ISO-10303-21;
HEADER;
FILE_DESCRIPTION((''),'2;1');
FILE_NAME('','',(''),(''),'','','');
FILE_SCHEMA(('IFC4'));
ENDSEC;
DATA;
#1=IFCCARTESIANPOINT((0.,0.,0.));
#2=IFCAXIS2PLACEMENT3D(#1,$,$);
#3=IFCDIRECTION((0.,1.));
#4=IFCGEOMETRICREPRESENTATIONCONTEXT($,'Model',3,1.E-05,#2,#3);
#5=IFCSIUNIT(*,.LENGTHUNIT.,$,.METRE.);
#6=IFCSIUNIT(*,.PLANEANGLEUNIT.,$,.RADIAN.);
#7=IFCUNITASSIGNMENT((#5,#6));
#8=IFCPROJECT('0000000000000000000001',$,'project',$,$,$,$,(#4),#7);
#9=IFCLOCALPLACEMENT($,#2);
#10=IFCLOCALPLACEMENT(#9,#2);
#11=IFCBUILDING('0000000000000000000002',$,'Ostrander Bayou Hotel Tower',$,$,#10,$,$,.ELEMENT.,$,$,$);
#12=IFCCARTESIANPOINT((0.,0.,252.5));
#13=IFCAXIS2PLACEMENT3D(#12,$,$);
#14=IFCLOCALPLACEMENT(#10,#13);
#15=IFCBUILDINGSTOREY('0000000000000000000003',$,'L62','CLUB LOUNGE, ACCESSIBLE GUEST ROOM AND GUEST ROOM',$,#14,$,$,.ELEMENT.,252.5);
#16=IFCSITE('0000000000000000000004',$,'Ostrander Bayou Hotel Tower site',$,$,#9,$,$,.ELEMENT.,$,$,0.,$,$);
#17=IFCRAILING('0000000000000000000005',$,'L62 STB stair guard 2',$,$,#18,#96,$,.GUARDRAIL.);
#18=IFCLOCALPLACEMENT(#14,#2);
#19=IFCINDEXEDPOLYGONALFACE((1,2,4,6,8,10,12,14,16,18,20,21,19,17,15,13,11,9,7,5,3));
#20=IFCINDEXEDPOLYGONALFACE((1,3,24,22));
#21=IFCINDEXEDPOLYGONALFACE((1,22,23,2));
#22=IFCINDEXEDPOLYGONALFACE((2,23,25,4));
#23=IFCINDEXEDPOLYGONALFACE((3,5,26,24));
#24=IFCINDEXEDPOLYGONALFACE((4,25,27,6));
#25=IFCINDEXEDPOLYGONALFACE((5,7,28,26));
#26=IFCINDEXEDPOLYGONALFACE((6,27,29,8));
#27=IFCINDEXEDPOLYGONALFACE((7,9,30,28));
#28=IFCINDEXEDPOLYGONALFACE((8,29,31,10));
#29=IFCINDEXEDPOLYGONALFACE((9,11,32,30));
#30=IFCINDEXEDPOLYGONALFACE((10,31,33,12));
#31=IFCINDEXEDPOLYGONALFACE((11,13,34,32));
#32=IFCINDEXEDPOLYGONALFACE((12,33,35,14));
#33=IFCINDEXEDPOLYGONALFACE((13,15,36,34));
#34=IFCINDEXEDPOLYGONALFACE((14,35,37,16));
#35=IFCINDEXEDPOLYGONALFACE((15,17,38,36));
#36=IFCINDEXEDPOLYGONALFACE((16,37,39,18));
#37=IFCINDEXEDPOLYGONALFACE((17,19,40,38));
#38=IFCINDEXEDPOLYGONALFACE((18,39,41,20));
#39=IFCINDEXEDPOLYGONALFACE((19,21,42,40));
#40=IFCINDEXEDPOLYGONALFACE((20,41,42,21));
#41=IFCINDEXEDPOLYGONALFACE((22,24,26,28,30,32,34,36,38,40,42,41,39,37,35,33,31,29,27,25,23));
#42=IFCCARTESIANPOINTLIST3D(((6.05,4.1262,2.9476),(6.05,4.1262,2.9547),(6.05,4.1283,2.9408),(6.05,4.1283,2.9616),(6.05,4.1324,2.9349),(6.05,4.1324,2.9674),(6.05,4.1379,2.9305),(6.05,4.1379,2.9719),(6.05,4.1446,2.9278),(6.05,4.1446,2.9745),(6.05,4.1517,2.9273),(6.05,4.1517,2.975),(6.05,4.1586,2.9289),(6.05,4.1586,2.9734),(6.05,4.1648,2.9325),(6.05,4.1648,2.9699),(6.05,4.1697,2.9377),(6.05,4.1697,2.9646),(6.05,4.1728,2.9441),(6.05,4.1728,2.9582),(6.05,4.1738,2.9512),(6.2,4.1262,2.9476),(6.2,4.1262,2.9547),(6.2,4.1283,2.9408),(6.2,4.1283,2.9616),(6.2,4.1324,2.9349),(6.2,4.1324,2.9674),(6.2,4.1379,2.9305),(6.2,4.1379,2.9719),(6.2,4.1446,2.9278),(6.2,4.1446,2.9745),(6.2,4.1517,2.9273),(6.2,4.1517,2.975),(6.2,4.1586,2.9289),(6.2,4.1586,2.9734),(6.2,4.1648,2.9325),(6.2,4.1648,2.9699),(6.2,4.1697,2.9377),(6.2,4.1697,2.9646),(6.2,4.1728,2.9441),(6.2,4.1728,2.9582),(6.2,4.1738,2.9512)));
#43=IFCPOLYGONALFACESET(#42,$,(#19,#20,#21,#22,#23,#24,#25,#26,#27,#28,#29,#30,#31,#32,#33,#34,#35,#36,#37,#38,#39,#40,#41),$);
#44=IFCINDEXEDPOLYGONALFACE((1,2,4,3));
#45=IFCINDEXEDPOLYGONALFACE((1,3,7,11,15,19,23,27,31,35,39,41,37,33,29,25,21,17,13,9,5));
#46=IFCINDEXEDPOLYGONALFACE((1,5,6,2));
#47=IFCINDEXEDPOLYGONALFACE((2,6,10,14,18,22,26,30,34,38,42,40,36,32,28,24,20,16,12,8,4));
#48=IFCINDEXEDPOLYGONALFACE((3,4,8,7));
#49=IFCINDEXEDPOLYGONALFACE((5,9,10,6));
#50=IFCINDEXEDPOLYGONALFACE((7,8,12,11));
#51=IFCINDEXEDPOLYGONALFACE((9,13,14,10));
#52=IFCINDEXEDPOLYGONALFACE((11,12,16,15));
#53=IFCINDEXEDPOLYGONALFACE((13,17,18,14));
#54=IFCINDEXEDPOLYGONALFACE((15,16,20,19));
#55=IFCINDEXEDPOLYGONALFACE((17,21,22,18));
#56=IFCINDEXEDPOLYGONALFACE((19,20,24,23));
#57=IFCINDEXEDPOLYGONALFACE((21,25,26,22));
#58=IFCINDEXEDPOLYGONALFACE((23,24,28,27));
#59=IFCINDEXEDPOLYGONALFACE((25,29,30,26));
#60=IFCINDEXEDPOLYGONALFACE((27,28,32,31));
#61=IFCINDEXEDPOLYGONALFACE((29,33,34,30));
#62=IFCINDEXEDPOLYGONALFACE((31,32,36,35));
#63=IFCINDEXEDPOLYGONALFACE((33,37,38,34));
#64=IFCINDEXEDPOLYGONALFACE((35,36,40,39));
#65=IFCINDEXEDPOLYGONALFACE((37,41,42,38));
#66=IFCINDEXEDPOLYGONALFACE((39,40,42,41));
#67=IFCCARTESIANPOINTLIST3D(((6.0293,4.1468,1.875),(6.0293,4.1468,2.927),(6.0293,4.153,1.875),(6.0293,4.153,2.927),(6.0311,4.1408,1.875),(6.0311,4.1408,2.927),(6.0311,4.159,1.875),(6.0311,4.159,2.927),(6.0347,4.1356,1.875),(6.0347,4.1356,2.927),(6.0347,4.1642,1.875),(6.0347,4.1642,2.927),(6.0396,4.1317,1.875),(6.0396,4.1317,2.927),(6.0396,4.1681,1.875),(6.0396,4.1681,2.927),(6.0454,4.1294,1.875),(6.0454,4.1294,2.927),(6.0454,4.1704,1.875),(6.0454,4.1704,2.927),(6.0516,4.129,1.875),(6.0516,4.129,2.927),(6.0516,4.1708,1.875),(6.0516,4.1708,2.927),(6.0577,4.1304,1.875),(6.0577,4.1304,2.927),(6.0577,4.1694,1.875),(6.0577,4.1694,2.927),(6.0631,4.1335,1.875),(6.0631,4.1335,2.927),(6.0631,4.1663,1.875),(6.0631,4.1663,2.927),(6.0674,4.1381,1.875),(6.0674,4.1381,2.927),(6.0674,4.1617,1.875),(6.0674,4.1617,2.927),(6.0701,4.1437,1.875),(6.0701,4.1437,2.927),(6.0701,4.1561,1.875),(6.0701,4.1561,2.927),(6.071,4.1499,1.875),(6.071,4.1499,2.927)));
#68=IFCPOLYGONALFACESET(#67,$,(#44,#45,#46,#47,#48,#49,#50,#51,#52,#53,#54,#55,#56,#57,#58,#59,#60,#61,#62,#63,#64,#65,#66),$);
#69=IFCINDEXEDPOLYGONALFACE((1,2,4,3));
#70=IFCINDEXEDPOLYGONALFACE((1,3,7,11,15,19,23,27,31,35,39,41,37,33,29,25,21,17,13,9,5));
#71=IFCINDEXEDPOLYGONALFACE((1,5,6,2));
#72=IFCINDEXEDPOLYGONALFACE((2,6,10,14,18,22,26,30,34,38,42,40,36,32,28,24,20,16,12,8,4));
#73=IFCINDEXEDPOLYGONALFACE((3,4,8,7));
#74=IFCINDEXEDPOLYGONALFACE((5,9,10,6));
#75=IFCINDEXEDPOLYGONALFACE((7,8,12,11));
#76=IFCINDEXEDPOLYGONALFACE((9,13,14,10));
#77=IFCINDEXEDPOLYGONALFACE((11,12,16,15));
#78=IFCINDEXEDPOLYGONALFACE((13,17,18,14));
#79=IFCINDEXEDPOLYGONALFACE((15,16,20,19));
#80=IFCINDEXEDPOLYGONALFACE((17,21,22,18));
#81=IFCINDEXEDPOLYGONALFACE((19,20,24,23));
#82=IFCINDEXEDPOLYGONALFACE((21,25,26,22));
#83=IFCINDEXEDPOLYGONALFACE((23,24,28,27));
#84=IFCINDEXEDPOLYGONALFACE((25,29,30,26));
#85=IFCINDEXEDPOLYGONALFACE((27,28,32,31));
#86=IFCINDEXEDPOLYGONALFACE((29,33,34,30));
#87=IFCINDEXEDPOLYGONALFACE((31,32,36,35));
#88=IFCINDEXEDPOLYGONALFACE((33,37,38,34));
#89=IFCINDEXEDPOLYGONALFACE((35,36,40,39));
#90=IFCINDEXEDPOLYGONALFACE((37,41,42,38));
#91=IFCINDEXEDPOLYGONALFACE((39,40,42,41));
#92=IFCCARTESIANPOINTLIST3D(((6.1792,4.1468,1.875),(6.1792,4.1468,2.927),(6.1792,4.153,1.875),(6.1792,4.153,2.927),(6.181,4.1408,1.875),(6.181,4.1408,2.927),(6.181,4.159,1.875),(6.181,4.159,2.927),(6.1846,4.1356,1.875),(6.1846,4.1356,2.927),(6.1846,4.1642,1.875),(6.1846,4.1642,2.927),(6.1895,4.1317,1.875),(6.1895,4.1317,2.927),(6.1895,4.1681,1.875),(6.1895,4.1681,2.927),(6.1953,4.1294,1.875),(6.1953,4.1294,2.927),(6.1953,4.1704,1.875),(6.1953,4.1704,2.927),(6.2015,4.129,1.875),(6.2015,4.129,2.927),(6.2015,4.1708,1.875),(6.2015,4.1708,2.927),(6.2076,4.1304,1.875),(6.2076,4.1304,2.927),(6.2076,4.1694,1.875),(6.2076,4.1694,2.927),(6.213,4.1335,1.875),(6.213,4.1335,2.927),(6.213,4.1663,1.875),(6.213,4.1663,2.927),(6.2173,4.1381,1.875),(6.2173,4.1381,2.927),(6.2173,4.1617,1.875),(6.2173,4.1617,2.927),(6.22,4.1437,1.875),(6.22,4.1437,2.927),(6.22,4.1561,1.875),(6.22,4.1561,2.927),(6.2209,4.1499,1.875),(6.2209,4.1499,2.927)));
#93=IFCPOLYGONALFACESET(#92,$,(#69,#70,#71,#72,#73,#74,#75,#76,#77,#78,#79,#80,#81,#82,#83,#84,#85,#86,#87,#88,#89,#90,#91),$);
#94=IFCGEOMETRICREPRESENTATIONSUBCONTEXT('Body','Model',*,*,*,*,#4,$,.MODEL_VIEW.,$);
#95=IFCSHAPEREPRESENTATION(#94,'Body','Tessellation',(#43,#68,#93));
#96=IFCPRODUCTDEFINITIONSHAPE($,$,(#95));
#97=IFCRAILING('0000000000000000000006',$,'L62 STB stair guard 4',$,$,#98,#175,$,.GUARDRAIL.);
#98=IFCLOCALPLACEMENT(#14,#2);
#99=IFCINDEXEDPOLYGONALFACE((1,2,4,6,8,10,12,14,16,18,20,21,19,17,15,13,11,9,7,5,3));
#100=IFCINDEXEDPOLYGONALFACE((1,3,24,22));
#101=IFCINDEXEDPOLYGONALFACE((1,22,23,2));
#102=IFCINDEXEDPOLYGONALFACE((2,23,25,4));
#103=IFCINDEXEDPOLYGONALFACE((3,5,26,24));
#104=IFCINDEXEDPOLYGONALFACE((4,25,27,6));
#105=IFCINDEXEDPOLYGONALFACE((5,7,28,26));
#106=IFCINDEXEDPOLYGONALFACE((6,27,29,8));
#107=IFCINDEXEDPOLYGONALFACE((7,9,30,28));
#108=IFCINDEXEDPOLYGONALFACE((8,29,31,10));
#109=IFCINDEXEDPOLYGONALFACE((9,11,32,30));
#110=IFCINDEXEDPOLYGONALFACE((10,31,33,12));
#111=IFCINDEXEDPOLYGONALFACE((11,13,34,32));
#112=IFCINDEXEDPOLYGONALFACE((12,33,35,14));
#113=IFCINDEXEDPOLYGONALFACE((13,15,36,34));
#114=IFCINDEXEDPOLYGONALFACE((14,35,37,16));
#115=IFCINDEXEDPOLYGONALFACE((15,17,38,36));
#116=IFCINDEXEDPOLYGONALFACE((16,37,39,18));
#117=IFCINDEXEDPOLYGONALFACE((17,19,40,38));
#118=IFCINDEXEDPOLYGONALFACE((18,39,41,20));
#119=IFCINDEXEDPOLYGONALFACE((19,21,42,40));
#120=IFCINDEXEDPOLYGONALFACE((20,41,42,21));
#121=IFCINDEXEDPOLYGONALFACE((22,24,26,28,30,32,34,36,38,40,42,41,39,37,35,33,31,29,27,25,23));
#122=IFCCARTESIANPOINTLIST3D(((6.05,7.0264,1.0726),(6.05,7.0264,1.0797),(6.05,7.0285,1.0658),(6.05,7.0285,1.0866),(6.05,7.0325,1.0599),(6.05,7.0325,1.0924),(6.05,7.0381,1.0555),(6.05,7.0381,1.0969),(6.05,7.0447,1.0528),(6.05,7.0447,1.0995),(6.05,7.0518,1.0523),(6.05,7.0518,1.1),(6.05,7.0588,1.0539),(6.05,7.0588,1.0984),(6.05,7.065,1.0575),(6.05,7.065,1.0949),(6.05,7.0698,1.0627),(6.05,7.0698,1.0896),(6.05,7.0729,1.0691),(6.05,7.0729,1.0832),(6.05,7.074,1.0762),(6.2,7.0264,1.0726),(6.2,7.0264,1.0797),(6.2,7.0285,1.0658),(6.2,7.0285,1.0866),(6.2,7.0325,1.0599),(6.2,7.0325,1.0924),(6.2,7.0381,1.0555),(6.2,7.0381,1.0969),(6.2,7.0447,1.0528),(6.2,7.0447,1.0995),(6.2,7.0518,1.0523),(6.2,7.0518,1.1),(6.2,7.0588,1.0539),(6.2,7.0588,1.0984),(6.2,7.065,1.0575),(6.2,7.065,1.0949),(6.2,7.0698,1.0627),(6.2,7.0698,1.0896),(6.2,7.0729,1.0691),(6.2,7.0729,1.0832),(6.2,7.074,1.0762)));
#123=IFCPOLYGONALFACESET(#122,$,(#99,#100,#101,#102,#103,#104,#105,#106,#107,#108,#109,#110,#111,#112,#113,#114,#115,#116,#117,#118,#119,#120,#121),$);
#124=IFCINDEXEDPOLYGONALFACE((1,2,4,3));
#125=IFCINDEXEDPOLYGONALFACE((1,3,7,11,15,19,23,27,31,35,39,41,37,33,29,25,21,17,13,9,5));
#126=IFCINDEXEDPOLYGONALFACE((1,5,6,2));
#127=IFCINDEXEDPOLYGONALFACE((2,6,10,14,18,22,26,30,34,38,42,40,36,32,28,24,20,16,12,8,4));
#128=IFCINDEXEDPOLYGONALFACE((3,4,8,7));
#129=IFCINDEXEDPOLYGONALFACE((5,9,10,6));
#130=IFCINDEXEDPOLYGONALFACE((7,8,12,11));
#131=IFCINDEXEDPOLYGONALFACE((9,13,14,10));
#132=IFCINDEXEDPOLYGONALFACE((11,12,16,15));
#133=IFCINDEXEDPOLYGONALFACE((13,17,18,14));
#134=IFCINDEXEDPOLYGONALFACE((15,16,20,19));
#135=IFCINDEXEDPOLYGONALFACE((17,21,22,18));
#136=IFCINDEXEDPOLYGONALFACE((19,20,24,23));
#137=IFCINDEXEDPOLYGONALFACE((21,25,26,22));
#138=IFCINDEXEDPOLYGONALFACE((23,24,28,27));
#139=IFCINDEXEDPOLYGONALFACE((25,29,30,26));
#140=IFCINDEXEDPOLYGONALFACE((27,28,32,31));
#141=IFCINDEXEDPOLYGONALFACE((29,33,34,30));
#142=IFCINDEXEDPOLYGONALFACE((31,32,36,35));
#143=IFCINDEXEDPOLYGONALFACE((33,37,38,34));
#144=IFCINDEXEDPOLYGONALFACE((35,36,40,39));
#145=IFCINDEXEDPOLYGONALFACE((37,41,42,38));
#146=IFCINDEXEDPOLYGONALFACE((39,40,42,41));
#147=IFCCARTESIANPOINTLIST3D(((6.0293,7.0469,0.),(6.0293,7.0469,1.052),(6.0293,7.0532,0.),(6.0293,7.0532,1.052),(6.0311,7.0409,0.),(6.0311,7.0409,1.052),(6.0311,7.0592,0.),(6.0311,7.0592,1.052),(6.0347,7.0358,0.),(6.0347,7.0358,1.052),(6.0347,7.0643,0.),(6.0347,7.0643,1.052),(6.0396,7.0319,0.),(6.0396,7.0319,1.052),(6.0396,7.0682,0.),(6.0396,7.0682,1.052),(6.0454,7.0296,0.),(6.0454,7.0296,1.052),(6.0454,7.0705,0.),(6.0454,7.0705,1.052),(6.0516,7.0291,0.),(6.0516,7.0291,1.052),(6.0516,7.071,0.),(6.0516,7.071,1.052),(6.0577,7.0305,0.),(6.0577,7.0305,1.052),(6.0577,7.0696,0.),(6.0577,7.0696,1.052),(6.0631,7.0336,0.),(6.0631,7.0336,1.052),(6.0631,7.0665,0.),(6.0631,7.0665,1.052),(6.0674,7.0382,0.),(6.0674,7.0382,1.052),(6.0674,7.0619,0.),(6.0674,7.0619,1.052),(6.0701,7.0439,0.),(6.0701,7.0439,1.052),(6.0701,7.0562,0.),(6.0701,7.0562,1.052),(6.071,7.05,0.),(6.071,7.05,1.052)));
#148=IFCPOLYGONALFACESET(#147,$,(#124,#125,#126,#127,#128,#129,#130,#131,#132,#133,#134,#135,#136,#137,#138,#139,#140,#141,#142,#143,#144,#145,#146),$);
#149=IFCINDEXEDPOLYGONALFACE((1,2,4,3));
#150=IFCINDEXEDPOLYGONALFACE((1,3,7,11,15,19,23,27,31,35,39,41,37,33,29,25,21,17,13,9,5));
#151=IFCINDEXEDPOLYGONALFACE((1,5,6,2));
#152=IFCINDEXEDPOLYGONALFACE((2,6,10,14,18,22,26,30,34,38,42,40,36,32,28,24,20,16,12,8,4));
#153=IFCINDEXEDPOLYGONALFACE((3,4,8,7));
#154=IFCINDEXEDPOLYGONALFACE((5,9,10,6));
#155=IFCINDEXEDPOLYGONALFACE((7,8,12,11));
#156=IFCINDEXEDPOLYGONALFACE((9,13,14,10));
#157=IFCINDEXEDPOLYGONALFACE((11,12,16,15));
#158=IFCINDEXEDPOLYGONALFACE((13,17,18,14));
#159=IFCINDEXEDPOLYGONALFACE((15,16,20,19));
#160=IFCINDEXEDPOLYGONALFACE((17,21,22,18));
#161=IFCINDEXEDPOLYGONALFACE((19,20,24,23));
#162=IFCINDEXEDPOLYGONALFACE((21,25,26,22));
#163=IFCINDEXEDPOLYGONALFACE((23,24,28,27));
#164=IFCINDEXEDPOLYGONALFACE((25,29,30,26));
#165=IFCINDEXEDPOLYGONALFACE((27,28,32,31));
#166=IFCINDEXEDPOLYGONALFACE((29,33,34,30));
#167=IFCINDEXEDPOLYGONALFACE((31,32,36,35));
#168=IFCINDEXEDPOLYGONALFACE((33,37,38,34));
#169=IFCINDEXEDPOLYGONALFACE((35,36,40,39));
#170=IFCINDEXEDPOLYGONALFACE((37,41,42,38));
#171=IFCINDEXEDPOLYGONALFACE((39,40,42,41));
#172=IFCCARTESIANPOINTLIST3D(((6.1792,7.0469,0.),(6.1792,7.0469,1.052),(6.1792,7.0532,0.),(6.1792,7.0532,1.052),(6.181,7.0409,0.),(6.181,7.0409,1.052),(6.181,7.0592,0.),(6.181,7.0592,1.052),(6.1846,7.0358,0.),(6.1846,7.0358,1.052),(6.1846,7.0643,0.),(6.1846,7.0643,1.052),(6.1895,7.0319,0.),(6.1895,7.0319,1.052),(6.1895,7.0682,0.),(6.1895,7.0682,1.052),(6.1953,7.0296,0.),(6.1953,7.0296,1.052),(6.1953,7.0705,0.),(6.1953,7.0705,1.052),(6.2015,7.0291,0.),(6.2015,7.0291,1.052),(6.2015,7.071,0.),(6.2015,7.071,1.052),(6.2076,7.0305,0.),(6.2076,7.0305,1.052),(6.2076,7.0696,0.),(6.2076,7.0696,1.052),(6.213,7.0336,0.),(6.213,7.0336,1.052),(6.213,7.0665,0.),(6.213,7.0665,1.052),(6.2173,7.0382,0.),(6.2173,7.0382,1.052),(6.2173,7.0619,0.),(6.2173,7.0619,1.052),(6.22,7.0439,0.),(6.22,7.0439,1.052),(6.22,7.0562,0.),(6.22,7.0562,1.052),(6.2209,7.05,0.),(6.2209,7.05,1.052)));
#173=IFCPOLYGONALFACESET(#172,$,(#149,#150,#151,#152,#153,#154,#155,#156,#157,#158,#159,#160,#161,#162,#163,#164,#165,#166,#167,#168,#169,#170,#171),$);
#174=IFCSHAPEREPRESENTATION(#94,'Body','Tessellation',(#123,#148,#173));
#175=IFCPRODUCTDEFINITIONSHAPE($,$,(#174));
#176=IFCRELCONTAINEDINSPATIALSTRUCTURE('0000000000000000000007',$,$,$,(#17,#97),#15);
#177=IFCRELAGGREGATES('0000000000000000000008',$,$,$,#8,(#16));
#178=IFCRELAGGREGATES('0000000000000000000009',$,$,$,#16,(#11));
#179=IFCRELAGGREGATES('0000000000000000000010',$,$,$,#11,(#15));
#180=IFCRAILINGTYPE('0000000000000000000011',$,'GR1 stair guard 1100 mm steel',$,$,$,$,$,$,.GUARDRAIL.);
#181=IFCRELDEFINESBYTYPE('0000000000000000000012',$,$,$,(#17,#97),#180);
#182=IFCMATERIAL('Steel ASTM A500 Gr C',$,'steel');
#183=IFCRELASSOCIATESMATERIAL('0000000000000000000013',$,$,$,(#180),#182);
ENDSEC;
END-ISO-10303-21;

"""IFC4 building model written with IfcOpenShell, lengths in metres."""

from ifc_helpers import new_model, si_unit, direction, frame, origin, origin_2d, place, context, subcontext, project, spatial, circle, extrude, material, type_object, element, save


model = new_model("IFC4")

# Units and contexts
model_context = context("Model", 3, precision=1e-05, world=origin(), true_north=direction((0.0, 1.0)))
body_context = subcontext(model_context, "Body", "Model", "MODEL_VIEW")
ifc_project = project(units=[si_unit("LENGTHUNIT", "METRE"), si_unit("PLANEANGLEUNIT", "RADIAN")], contexts=[model_context])

# Site, building, storey
site_placement = place(None, origin())
site = spatial("IfcSite", under=ifc_project, at=site_placement, Name="Ostrander Bayou Hotel Tower site", CompositionType="ELEMENT", RefElevation=0.0)
building_placement = place(site_placement, origin())
building = spatial("IfcBuilding", under=site, at=building_placement, Name="Ostrander Bayou Hotel Tower", CompositionType="ELEMENT")
storey_placement = place(building_placement, frame((0.0, 0.0, 252.5)))
storey = spatial("IfcBuildingStorey", under=building, at=storey_placement, Name="L62", Description="CLUB LOUNGE, ACCESSIBLE GUEST ROOM AND GUEST ROOM", CompositionType="ELEMENT", Elevation=252.5)

# Railings
ifc_material_1 = material(Name="Steel ASTM A500 Gr C", Category="steel")
railing_type_1 = type_object("IfcRailingType", Name="GR1 stair guard 1100 mm steel", PredefinedType="GUARDRAIL", material=ifc_material_1)
for number, where, name in (
    (1, (6.05, 4.1499, 1.875), "L62 STB stair guard 2"),
    (2, (6.05, 7.05, 0.0), "L62 STB stair guard 4"),
):
    element("IfcRailing", number, at=place(storey_placement, frame(where)), inside=storey, type_object=railing_type_1, Name=name, PredefinedType="GUARDRAIL", context=body_context, shape_type="SweptSolid", body=[
        extrude(circle(Radius=0.0239, at=origin_2d()), frame((0.0, 0.0, 1.0762), z_axis=(1.0, 0.0, 0.0), x_axis=(0.0, 1.0, 0.0)), (0.0, 0.0, 1.0), 0.1499),
        extrude(circle(Radius=0.021, at=origin_2d()), origin(), (0.0, 0.0, 1.0), 1.052),
        extrude(circle(Radius=0.021, at=origin_2d()), frame((0.1499, 0.0, 0.0)), (0.0, 0.0, 1.0), 1.052),
    ])

save(model, "model.ifc")
